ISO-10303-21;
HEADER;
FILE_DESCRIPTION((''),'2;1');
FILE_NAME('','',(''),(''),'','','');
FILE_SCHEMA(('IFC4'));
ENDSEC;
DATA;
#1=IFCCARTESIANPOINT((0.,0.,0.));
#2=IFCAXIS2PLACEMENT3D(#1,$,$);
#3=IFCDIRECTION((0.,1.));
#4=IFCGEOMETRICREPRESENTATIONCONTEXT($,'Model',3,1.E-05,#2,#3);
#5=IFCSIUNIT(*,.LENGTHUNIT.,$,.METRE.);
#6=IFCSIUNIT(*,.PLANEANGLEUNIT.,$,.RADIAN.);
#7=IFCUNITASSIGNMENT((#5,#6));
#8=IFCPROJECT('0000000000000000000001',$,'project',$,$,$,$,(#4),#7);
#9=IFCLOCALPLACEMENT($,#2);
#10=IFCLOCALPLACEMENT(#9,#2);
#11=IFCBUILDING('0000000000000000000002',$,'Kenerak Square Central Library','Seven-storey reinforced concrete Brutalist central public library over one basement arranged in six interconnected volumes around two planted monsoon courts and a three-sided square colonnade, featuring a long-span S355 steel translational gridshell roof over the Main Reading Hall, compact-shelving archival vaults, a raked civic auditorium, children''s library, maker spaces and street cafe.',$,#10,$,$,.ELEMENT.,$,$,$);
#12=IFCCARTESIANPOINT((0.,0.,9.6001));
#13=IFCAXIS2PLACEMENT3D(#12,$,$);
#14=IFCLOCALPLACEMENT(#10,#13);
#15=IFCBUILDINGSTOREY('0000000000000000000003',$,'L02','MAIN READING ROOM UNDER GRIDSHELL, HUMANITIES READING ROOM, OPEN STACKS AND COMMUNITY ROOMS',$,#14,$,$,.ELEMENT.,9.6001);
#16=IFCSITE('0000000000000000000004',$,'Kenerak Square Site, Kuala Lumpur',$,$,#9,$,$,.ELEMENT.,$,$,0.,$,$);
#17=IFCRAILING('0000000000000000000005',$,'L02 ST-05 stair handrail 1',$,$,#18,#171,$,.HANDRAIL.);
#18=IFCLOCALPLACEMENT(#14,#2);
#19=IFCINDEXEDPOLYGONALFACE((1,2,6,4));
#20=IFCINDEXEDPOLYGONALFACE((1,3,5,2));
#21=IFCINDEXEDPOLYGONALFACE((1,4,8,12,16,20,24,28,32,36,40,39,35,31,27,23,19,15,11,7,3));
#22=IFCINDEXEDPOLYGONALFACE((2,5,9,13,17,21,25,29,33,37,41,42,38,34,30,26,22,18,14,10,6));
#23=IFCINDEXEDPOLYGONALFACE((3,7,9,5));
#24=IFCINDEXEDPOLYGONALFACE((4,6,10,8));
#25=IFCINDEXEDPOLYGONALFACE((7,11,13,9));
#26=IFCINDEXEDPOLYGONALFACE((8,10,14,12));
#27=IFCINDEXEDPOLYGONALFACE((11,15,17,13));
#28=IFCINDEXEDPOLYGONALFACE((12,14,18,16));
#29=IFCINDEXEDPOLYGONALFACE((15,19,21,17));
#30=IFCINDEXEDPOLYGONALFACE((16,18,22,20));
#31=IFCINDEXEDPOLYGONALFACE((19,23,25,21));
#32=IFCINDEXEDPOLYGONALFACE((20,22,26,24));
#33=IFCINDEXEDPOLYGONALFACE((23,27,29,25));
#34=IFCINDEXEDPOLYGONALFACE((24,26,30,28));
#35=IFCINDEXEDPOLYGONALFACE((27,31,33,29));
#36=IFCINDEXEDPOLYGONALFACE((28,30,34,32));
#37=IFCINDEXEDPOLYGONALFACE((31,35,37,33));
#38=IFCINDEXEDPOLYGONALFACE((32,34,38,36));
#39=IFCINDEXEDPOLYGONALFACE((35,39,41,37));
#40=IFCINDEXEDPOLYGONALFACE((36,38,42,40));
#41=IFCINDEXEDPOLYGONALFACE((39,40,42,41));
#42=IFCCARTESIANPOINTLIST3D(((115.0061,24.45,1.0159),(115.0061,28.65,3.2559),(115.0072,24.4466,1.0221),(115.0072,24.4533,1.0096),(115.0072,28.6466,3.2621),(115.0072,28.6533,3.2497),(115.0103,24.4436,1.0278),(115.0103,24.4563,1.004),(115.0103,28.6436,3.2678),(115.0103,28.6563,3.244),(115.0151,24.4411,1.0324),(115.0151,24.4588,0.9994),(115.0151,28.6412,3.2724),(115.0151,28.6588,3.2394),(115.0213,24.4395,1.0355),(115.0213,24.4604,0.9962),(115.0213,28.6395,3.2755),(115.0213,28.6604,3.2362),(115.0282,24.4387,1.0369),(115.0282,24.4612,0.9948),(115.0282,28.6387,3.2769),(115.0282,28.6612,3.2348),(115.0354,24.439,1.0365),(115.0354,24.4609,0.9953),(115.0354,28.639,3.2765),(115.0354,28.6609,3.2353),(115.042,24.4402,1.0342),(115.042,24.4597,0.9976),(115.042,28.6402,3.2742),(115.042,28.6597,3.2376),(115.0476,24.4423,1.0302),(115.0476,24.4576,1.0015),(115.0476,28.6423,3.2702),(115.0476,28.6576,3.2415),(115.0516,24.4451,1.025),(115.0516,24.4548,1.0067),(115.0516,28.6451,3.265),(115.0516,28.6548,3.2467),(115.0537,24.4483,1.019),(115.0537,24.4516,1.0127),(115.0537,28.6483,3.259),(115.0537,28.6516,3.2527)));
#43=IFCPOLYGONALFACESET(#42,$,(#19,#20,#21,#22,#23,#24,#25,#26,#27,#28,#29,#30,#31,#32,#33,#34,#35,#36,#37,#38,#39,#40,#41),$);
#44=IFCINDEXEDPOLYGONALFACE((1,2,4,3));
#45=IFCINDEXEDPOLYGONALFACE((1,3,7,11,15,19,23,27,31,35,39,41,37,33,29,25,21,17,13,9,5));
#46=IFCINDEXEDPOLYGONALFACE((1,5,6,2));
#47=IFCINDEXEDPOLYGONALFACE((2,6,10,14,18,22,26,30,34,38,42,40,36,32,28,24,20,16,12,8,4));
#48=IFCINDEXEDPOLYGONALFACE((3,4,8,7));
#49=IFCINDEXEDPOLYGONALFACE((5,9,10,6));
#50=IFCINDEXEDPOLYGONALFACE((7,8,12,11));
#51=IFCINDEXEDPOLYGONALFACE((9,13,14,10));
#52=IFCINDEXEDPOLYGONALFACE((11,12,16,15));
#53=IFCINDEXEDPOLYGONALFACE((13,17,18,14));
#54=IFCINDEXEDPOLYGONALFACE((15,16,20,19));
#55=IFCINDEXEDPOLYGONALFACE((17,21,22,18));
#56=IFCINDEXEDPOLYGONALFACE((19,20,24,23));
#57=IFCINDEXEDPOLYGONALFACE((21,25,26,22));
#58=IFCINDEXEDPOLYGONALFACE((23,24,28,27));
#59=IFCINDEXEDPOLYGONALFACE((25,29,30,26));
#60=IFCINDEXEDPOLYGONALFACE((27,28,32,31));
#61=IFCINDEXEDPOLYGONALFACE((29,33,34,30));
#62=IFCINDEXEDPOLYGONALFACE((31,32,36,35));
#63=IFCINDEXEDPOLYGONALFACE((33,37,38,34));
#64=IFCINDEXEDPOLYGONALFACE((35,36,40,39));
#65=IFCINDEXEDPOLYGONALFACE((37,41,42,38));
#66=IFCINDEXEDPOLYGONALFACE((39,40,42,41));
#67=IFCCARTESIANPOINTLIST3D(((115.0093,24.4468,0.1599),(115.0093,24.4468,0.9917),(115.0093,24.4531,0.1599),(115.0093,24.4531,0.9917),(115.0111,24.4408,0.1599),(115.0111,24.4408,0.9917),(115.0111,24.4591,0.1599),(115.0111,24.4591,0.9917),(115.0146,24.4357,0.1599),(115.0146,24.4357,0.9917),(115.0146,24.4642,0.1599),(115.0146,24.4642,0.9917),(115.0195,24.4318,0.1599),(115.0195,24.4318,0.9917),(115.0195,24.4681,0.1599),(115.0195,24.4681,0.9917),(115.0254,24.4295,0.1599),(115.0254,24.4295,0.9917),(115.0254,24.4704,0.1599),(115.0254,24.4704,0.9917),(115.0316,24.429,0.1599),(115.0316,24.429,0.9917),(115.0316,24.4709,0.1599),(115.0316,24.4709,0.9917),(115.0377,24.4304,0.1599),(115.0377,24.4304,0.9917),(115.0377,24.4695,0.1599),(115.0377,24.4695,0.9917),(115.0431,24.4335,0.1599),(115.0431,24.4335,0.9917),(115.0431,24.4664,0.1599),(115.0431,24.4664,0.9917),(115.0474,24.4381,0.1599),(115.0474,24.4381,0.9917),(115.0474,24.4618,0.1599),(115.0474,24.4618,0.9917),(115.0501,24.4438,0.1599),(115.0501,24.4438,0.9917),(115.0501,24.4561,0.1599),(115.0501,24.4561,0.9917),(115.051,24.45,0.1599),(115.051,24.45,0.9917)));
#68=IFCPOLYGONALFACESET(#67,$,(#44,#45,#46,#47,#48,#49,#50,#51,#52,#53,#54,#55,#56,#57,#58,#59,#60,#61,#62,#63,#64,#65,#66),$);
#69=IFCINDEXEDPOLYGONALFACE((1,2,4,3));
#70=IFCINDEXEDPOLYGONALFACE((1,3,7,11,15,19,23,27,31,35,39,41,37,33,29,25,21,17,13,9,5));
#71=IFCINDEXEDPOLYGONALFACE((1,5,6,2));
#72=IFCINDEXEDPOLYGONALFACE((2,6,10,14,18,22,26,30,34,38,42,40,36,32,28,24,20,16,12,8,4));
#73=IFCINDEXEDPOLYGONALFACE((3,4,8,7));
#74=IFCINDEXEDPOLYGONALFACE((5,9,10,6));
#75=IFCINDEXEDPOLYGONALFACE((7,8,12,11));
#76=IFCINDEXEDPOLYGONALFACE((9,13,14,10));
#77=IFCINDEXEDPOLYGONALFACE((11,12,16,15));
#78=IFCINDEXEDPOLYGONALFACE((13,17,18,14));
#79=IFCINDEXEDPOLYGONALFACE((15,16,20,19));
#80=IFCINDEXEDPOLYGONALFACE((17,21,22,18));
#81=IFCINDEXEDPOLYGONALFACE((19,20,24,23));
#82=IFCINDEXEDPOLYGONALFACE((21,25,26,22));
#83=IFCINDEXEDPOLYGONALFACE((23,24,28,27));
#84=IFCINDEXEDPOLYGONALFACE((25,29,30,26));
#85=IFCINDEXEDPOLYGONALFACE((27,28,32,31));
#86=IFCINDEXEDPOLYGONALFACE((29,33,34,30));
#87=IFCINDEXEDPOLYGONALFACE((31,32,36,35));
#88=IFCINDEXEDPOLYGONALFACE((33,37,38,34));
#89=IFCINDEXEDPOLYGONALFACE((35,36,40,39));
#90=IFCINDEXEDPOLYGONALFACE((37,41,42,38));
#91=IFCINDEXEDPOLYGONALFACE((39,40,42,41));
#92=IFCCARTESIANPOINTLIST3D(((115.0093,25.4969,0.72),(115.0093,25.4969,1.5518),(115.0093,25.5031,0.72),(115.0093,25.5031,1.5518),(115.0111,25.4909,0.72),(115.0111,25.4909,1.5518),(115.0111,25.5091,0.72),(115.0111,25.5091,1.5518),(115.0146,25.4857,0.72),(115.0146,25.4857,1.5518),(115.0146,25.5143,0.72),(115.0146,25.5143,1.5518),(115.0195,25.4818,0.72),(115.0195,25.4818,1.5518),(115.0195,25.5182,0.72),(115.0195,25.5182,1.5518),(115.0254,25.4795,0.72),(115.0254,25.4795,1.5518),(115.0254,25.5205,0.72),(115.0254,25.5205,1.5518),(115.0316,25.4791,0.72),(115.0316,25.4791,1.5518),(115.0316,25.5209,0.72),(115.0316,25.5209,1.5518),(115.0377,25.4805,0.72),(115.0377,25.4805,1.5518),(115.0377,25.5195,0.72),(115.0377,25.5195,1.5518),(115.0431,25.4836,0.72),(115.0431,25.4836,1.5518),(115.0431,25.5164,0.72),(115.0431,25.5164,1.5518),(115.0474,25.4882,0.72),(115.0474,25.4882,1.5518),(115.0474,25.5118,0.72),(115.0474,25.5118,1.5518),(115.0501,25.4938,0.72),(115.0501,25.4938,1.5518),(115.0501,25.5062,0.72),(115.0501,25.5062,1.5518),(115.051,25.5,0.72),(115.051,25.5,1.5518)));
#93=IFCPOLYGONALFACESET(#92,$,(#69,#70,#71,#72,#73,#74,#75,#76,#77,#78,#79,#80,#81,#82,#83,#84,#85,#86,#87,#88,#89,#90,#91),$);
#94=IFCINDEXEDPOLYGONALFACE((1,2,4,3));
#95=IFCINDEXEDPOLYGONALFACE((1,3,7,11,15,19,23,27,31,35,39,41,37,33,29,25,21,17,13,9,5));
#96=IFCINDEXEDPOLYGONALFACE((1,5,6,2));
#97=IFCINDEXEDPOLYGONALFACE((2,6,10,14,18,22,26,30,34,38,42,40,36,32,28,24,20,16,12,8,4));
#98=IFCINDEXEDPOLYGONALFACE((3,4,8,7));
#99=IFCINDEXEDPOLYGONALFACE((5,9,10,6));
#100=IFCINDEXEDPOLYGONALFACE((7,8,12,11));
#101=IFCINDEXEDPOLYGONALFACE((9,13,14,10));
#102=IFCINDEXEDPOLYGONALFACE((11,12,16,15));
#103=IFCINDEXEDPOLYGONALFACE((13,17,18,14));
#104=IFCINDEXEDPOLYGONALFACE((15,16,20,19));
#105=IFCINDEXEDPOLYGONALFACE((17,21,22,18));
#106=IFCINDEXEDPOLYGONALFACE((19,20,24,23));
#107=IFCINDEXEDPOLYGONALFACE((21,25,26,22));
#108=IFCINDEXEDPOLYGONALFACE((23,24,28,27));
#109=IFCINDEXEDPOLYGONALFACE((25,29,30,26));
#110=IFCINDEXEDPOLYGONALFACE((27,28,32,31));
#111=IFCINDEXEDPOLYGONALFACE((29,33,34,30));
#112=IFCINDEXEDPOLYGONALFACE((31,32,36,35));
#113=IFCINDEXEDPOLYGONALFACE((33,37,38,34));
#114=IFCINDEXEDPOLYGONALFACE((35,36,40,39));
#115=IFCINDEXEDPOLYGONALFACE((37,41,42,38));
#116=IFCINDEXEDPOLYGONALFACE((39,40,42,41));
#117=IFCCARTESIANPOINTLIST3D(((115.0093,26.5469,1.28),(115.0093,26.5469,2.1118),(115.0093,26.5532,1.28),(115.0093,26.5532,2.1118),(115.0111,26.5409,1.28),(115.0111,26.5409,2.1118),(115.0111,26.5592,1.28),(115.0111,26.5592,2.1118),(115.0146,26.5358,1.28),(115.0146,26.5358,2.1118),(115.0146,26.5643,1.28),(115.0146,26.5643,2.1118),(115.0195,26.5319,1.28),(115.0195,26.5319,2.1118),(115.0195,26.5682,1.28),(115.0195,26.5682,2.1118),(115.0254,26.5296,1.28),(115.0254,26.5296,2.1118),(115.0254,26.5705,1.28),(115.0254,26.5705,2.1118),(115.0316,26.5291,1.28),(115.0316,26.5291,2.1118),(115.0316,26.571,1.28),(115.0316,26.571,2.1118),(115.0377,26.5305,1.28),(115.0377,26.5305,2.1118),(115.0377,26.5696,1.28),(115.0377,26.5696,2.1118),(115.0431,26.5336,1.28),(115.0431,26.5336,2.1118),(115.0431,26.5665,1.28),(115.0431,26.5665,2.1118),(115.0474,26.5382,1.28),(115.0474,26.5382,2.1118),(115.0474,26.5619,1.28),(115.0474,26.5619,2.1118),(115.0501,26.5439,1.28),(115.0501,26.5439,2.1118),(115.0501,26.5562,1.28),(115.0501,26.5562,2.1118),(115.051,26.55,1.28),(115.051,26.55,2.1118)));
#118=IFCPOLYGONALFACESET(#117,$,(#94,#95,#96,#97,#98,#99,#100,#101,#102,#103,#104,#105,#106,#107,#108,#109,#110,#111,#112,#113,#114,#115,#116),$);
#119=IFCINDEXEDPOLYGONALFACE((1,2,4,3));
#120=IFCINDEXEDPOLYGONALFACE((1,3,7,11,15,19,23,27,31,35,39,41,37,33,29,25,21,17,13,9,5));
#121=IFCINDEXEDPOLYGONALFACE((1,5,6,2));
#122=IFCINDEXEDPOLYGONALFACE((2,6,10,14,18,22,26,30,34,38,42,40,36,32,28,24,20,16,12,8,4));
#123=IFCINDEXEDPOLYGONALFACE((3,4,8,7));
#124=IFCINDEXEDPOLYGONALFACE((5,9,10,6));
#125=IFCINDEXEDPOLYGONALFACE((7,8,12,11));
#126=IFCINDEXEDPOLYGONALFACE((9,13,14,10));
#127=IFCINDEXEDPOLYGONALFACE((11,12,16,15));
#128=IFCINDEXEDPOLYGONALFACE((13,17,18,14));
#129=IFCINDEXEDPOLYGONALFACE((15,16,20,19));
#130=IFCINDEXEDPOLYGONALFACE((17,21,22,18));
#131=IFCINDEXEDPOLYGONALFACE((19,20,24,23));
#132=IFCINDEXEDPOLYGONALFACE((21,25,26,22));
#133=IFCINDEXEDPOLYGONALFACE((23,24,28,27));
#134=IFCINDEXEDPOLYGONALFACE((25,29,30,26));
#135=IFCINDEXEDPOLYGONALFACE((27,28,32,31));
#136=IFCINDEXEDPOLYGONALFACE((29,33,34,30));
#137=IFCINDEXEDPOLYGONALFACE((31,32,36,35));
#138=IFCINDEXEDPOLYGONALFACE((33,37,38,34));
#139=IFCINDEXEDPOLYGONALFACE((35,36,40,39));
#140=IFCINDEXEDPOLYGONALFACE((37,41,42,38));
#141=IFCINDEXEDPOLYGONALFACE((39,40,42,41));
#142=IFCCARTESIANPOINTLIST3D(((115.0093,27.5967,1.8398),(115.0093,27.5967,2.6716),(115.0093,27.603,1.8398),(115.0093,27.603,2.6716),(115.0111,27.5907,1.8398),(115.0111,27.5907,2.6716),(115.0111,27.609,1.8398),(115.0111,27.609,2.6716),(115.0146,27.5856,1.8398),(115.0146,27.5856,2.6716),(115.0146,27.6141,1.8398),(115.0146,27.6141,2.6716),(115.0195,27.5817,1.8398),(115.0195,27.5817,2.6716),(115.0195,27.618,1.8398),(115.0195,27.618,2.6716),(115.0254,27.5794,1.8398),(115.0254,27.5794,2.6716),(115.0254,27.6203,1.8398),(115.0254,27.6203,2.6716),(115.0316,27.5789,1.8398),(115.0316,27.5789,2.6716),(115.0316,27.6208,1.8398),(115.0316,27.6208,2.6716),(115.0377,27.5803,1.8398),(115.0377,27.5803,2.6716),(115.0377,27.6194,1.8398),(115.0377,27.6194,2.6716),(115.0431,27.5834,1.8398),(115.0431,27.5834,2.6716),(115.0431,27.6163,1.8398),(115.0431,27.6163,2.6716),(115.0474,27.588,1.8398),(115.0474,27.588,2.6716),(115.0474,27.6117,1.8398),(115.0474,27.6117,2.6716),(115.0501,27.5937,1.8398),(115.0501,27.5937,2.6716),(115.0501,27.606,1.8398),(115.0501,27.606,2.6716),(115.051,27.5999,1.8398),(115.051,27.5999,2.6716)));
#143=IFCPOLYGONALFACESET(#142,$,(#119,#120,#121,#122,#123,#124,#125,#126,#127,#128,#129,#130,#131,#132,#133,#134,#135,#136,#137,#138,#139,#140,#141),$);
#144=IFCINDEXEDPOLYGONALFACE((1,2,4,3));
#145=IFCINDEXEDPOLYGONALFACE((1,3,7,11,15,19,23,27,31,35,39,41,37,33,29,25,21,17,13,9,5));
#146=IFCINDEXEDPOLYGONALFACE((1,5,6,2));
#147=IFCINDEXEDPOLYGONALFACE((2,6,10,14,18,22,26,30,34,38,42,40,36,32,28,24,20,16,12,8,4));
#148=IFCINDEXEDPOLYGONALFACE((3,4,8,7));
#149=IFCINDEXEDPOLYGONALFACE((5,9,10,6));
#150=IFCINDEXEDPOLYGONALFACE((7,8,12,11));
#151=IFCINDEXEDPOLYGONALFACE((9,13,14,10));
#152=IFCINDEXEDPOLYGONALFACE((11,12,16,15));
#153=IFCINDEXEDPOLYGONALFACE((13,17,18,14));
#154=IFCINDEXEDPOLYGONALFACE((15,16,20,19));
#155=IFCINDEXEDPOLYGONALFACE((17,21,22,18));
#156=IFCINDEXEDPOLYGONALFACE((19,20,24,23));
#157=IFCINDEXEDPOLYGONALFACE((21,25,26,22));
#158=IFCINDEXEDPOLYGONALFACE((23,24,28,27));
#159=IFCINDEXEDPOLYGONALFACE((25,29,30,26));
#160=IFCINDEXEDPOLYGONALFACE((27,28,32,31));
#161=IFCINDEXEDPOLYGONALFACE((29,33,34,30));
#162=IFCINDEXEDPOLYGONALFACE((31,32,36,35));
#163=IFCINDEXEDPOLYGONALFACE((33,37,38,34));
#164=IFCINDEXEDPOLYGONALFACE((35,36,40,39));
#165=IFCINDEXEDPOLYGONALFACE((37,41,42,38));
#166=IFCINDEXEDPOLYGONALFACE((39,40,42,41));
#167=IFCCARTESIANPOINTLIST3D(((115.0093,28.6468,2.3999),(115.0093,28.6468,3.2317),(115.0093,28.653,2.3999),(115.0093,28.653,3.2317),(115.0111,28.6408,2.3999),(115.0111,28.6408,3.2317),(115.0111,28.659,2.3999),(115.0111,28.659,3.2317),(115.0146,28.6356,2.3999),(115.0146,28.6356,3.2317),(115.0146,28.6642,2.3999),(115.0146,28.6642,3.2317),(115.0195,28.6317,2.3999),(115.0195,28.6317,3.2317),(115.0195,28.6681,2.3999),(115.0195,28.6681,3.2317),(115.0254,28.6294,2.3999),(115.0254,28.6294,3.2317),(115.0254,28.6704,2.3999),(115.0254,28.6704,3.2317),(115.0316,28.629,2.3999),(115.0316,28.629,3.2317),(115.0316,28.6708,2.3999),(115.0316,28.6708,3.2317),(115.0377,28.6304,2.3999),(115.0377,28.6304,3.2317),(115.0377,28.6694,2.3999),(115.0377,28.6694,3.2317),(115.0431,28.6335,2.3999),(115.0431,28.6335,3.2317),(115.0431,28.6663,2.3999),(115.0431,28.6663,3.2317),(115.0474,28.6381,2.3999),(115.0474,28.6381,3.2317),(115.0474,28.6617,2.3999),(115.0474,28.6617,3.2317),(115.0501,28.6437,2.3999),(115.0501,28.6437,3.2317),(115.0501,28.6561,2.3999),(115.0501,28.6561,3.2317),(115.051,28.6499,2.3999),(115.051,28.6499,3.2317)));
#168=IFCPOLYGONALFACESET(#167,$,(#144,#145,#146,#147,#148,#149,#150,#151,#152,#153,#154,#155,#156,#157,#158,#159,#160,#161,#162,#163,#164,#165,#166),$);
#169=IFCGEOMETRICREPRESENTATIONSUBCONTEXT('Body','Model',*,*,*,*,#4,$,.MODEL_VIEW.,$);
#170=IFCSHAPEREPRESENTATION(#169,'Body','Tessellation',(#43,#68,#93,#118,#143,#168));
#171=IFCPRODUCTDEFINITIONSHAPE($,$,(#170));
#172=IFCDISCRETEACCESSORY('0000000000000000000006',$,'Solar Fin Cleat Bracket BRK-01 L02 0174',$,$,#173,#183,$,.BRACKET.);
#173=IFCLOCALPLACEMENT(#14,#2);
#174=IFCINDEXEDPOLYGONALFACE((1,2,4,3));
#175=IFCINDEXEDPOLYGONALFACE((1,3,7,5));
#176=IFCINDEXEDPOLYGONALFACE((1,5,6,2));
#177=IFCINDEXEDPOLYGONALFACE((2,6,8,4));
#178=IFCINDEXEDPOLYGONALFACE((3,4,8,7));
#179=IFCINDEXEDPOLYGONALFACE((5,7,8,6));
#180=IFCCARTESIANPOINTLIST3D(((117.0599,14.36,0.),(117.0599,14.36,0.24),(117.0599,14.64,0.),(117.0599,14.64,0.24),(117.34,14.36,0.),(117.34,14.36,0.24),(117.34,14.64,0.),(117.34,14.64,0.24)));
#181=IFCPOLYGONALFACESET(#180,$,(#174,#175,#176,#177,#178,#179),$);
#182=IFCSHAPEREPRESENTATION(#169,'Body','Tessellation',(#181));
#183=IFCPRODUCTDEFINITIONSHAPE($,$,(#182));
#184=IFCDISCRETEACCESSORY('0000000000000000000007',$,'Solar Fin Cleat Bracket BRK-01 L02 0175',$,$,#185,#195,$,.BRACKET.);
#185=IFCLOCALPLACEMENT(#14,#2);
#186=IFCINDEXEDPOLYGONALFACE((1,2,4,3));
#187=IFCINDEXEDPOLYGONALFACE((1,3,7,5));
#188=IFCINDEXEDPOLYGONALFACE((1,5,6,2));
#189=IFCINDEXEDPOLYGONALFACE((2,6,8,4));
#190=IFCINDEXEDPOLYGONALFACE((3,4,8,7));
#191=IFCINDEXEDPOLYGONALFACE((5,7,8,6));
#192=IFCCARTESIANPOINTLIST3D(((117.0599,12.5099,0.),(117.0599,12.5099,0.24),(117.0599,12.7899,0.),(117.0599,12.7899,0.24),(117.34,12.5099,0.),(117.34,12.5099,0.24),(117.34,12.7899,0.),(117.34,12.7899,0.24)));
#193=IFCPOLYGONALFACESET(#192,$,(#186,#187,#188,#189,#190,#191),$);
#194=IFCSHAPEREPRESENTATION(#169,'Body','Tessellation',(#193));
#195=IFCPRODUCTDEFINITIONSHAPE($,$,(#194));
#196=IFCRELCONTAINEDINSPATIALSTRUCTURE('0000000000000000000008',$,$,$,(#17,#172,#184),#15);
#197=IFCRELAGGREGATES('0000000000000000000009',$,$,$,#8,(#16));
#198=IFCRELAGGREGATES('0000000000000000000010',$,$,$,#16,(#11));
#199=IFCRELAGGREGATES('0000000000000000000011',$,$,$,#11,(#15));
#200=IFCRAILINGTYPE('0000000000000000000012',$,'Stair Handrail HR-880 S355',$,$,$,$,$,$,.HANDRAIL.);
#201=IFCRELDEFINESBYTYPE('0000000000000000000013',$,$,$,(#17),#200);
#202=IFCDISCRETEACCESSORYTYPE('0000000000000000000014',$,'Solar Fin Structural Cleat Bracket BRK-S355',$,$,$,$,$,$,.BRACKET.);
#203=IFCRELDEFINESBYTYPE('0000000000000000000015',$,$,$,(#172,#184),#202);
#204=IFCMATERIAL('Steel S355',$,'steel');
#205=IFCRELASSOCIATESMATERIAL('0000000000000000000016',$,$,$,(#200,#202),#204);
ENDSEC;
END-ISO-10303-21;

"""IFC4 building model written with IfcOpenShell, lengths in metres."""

from ifc_helpers import new_model, si_unit, direction, frame, origin, origin_2d, place, context, subcontext, project, spatial, rectangle, circle, extrude, material, type_object, element, save


model = new_model("IFC4")

# Units and contexts
model_context = context("Model", 3, precision=1e-05, world=origin(), true_north=direction((0.0, 1.0)))
body_context = subcontext(model_context, "Body", "Model", "MODEL_VIEW")
ifc_project = project(units=[si_unit("LENGTHUNIT", "METRE"), si_unit("PLANEANGLEUNIT", "RADIAN")], contexts=[model_context])

# Site, building, storey
site_placement = place(None, origin())
site = spatial("IfcSite", under=ifc_project, at=site_placement, Name="Kenerak Square Site, Kuala Lumpur", CompositionType="ELEMENT", RefElevation=0.0)
building_placement = place(site_placement, origin())
building = spatial("IfcBuilding", under=site, at=building_placement, Name="Kenerak Square Central Library", Description="Seven-storey reinforced concrete Brutalist central public library over one basement arranged in six interconnected volumes around two planted monsoon courts and a three-sided square colonnade, featuring a long-span S355 steel translational gridshell roof over the Main Reading Hall, compact-shelving archival vaults, a raked civic auditorium, children's library, maker spaces and street cafe.", CompositionType="ELEMENT")
storey_placement = place(building_placement, frame((0.0, 0.0, 9.6001)))
storey = spatial("IfcBuildingStorey", under=building, at=storey_placement, Name="L02", Description="MAIN READING ROOM UNDER GRIDSHELL, HUMANITIES READING ROOM, OPEN STACKS AND COMMUNITY ROOMS", CompositionType="ELEMENT", Elevation=9.6001)

# Shared definitions
ifc_material_1 = material(Name="Steel S355", Category="steel")

# Railing
railing_type_1 = type_object("IfcRailingType", Name="Stair Handrail HR-880 S355", PredefinedType="HANDRAIL", material=ifc_material_1)
railing_1_placement = place(storey_placement, frame((115.03, 24.45, 0.1599)))
element("IfcRailing", 1, at=railing_1_placement, inside=storey, type_object=railing_type_1, Name="L02 ST-05 stair handrail 1", PredefinedType="HANDRAIL", context=body_context, shape_type="SweptSolid", body=[
    extrude(circle(Radius=0.0239, at=origin_2d()), frame((0.0, 0.0, 0.856), z_axis=(0.0, 0.882352, 0.470591), x_axis=(-1.0, 0.0, 0.0)), (0.0, 0.0, 1.0), 4.76),
    extrude(circle(Radius=0.021, at=origin_2d()), origin(), (0.0, 0.0, 1.0), 0.8318),
    extrude(circle(Radius=0.021, at=origin_2d()), frame((0.0, 1.05, 0.5601)), (0.0, 0.0, 1.0), 0.8318),
    extrude(circle(Radius=0.021, at=origin_2d()), frame((0.0, 2.1001, 1.1201)), (0.0, 0.0, 1.0), 0.8318),
    extrude(circle(Radius=0.021, at=origin_2d()), frame((0.0, 3.1499, 1.6799)), (0.0, 0.0, 1.0), 0.8318),
    extrude(circle(Radius=0.021, at=origin_2d()), frame((0.0, 4.2, 2.24)), (0.0, 0.0, 1.0), 0.8318),
])

# Discrete accessories
discrete_accessory_type = type_object("IfcDiscreteAccessoryType", Name="Solar Fin Structural Cleat Bracket BRK-S355", PredefinedType="BRACKET", material=ifc_material_1)
for number, where, z_axis, x_axis, name in (
    (2, (117.2, 14.5, 0.0), (0.0, 0.0, 1.0), (0.0, -1.0, 0.0), "Solar Fin Cleat Bracket BRK-01 L02 0174"),
    (3, (117.2, 12.6499, 0.0), (0.0, 0.0, 1.0), (0.0, -1.0, 0.0), "Solar Fin Cleat Bracket BRK-01 L02 0175"),
):
    element("IfcDiscreteAccessory", number, at=place(storey_placement, frame(where, z_axis=z_axis, x_axis=x_axis)), inside=storey, type_object=discrete_accessory_type, Name=name, PredefinedType="BRACKET", context=body_context, shape_type="SweptSolid", body=[
        extrude(rectangle(XDim=0.28, YDim=0.28, at=origin_2d()), origin(), (0.0, 0.0, 1.0), 0.24),
    ])

save(model, "model.ifc")
